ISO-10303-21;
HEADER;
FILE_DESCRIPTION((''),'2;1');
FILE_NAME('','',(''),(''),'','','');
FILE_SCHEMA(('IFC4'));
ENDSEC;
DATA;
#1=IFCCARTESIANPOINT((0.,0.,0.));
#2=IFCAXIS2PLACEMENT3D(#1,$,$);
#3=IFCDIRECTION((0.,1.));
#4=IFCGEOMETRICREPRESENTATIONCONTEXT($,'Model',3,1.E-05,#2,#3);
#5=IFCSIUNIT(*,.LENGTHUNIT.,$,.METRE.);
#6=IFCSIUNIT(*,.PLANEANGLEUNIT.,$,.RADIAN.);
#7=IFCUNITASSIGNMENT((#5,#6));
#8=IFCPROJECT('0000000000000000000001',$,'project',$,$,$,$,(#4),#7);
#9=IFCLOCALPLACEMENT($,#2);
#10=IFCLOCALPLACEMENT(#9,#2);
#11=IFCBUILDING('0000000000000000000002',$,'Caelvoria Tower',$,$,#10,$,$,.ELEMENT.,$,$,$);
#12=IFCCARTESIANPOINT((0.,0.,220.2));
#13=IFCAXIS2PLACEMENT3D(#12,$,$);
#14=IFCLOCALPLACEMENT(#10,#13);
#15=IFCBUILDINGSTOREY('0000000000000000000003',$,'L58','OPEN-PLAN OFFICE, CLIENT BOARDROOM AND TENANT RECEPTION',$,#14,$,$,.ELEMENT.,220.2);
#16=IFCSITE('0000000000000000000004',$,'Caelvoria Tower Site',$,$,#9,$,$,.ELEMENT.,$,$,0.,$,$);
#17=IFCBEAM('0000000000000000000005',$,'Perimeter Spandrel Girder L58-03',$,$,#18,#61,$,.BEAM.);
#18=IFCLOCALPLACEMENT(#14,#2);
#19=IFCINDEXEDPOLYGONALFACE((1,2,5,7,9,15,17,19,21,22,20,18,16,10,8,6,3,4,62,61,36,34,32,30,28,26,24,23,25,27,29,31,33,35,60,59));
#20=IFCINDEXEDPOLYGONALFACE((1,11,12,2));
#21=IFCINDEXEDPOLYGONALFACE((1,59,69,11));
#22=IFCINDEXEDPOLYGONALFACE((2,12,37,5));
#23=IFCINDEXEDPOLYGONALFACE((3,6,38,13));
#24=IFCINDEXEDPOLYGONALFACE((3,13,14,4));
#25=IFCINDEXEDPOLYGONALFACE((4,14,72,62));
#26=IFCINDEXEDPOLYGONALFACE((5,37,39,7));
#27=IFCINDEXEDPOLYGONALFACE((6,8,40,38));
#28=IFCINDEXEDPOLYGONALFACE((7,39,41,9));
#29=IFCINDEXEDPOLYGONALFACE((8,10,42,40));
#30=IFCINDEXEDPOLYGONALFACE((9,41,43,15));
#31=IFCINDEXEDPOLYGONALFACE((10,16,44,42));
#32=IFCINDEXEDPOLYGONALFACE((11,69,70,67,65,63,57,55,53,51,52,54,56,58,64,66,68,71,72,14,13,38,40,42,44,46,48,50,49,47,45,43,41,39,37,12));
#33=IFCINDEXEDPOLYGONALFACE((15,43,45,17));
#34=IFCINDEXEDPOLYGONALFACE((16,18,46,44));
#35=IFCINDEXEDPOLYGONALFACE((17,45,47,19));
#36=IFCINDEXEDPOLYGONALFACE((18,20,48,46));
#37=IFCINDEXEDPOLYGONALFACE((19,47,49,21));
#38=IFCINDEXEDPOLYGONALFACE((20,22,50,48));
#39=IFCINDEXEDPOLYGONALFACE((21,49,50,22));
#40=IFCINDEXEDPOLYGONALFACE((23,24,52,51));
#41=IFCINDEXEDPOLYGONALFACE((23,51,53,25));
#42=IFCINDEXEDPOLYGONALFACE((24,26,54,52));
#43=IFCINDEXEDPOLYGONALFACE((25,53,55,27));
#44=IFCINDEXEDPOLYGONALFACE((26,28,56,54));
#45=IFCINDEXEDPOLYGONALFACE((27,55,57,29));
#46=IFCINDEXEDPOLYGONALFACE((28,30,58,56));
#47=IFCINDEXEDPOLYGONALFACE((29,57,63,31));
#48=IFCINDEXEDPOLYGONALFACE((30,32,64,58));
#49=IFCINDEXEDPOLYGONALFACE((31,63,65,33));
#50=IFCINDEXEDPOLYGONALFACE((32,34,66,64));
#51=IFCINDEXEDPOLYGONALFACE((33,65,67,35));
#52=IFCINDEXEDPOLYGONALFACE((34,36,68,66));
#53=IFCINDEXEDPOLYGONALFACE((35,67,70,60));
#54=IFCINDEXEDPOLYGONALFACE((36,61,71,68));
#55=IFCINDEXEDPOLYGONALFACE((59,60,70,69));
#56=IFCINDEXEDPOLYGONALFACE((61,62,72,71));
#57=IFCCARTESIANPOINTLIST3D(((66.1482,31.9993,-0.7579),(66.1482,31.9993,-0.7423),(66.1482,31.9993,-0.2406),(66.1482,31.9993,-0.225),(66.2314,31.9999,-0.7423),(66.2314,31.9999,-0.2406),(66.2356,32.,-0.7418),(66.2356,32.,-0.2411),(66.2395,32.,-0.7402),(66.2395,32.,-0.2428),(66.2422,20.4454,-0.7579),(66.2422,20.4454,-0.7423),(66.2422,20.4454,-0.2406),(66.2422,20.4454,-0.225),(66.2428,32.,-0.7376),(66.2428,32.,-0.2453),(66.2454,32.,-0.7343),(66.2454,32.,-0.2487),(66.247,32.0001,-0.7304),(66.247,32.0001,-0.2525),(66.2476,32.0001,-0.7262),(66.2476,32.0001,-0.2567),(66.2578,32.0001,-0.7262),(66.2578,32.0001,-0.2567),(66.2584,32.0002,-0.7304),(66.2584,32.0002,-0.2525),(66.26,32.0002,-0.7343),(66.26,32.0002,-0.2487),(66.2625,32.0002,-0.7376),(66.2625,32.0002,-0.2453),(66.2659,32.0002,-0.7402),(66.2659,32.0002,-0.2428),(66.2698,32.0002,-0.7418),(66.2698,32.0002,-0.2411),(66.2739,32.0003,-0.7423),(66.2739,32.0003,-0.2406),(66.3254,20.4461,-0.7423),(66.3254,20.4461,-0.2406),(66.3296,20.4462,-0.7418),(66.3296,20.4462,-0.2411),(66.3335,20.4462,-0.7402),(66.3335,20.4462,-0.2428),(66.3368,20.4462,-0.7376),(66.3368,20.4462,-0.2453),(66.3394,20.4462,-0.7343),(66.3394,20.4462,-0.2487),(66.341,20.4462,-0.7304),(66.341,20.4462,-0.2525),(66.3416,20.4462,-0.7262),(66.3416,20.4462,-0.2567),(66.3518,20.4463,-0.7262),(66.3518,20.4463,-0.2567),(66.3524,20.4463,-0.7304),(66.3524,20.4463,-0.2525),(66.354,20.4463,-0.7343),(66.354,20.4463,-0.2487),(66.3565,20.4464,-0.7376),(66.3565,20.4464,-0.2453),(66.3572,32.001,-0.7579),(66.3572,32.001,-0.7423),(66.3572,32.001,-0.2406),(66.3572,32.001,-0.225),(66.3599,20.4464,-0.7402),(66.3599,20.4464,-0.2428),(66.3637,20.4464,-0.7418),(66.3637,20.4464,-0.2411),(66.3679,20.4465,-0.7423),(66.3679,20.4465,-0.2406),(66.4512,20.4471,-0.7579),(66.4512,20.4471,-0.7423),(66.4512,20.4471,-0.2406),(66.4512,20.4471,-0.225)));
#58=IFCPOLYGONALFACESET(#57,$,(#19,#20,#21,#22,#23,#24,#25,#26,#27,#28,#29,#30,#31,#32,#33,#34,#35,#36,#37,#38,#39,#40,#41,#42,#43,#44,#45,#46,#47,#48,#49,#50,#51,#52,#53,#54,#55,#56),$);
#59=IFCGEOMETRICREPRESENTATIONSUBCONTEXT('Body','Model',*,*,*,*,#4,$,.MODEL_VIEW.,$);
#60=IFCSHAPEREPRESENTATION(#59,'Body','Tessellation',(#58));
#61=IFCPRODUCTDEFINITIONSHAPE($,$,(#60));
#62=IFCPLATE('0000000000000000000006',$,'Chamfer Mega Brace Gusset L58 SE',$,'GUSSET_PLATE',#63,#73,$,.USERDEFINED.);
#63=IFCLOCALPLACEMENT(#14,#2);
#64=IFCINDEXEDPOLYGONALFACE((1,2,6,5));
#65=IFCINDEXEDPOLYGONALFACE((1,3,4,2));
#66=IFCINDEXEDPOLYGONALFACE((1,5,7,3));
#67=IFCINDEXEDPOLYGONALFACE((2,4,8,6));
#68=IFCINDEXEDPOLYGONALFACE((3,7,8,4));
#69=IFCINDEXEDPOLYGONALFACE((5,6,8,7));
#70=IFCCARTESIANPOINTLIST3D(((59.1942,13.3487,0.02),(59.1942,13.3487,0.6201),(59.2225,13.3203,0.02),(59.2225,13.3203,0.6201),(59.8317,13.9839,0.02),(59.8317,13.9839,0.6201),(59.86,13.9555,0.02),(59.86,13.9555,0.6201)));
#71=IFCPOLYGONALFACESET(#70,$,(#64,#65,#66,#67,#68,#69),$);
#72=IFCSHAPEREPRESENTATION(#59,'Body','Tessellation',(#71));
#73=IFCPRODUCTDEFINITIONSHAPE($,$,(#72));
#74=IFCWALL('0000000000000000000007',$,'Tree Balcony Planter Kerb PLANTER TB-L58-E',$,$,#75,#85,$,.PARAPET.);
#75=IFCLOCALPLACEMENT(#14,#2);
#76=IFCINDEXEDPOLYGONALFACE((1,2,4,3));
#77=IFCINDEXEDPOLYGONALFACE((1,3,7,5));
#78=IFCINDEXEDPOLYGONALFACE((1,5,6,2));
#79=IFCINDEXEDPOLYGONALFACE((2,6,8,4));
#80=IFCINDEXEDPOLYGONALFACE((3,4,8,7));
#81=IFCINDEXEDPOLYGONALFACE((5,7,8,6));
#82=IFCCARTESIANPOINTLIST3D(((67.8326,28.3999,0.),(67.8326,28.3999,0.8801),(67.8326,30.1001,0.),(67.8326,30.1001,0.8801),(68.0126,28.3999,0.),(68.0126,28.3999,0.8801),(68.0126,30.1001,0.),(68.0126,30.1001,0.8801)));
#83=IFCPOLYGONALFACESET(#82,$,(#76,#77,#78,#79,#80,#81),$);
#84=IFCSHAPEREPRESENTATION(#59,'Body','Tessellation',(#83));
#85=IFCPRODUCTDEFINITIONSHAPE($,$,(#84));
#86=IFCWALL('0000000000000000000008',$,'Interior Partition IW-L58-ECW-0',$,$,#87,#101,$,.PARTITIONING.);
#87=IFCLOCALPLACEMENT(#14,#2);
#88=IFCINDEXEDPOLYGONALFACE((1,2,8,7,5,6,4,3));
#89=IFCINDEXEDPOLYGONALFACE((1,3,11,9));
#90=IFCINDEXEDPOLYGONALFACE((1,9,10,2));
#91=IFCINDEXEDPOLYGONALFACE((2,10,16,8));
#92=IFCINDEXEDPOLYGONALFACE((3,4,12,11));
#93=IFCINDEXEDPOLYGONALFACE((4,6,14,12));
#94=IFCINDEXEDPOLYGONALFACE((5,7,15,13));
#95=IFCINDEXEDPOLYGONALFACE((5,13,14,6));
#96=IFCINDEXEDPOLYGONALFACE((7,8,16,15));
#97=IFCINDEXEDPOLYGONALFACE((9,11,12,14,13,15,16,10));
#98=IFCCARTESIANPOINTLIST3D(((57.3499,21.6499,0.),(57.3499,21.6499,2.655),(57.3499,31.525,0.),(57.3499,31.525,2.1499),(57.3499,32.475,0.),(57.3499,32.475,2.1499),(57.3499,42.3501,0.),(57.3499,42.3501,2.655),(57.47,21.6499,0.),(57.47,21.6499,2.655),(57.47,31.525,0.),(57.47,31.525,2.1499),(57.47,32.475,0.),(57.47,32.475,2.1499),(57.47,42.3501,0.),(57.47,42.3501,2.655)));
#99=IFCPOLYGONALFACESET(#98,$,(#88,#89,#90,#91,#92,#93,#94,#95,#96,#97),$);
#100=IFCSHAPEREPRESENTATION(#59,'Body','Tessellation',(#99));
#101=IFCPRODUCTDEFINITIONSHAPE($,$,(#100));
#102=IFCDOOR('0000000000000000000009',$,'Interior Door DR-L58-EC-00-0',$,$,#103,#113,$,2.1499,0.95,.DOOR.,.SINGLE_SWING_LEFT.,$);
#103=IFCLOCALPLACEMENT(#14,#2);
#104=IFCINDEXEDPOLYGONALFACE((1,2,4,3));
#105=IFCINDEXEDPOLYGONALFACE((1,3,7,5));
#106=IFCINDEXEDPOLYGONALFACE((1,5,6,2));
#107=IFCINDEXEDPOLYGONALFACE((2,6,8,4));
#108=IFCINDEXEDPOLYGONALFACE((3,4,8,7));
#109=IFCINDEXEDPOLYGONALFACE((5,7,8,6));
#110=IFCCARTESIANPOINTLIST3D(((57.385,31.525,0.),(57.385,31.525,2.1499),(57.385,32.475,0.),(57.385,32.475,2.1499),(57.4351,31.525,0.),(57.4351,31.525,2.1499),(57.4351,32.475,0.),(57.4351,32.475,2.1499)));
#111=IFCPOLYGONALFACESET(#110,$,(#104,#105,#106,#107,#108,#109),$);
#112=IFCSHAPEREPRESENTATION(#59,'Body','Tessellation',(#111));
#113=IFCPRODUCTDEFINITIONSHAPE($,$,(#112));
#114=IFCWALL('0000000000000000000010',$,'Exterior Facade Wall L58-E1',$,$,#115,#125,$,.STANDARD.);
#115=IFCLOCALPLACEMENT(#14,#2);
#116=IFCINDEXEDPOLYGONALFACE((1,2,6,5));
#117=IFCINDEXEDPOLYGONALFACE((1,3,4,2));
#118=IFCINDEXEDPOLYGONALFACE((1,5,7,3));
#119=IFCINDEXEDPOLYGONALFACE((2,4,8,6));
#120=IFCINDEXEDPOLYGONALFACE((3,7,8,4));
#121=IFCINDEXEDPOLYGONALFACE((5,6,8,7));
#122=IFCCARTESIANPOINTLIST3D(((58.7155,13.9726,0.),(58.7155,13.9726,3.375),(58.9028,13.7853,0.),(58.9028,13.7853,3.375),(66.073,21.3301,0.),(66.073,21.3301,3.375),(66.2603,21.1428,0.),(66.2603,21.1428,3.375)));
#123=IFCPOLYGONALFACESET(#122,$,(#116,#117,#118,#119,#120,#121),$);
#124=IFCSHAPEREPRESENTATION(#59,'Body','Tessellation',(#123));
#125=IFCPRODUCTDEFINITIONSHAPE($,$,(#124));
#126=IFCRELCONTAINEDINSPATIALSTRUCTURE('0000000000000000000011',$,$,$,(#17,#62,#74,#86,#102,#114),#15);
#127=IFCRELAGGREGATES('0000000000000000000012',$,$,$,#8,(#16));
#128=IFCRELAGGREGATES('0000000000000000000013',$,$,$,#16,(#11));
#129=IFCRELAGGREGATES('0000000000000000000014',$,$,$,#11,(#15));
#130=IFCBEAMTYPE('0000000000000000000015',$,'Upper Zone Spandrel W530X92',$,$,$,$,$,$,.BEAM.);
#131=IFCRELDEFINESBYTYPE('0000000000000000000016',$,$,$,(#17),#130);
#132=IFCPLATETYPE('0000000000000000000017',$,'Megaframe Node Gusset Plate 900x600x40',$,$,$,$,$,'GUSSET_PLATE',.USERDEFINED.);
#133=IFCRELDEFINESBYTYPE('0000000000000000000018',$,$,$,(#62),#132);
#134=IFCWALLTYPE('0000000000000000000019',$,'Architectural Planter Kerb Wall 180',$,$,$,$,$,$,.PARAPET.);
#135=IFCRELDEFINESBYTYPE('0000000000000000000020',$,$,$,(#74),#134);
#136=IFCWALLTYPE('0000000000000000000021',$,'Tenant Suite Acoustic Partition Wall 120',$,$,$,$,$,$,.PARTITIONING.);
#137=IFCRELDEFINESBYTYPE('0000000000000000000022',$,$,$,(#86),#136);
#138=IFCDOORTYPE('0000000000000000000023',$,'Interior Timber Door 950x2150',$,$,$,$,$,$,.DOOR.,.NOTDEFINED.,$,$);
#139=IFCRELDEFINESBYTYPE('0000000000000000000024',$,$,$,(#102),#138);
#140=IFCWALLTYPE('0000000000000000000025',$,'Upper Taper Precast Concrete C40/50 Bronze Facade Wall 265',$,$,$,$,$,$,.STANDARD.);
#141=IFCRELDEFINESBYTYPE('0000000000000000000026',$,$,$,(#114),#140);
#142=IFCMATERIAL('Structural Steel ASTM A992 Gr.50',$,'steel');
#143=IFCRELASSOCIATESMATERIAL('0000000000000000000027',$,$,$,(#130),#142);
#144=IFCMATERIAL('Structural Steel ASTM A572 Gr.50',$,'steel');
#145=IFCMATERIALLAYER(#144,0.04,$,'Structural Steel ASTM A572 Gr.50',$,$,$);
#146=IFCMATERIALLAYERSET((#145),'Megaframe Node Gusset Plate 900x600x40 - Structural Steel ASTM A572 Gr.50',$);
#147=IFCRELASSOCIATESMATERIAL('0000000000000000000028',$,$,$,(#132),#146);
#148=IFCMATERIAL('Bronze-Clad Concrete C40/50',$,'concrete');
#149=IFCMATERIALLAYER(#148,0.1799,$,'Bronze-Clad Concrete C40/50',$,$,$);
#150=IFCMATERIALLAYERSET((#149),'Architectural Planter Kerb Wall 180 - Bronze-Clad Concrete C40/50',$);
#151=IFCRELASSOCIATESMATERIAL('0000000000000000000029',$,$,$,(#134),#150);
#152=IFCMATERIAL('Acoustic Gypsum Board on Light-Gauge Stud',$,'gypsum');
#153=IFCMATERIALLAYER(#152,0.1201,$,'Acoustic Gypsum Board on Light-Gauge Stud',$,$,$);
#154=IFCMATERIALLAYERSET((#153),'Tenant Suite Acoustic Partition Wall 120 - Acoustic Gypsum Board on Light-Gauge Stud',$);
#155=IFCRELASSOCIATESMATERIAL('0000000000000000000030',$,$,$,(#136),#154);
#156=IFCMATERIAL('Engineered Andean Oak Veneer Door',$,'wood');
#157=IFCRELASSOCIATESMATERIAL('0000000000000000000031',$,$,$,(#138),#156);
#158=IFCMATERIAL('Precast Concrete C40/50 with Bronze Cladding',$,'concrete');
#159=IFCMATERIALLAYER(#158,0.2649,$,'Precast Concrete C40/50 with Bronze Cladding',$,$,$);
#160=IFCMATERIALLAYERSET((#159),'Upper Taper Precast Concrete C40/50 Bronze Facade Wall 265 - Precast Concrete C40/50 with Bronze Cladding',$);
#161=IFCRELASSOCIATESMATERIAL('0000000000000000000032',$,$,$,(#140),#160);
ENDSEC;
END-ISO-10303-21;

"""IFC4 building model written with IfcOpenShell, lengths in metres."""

from ifc_helpers import new_model, si_unit, direction, frame, frame_2d, origin, origin_2d, place, context, subcontext, project, spatial, rectangle, i_section, extrude, material, layer, layer_set, material_profile, profile_set, type_object, element, fill, save


model = new_model("IFC4")

# Units and contexts
model_context = context("Model", 3, precision=1e-05, world=origin(), true_north=direction((0.0, 1.0)))
body_context = subcontext(model_context, "Body", "Model", "MODEL_VIEW")
ifc_project = project(units=[si_unit("LENGTHUNIT", "METRE"), si_unit("PLANEANGLEUNIT", "RADIAN")], contexts=[model_context])

# Site, building, storey
site_placement = place(None, origin())
site = spatial("IfcSite", under=ifc_project, at=site_placement, Name="Caelvoria Tower Site", CompositionType="ELEMENT", RefElevation=0.0)
building_placement = place(site_placement, origin())
building = spatial("IfcBuilding", under=site, at=building_placement, Name="Caelvoria Tower", CompositionType="ELEMENT")
storey_placement = place(building_placement, frame((0.0, 0.0, 220.2)))
storey = spatial("IfcBuildingStorey", under=building, at=storey_placement, Name="L58", Description="OPEN-PLAN OFFICE, CLIENT BOARDROOM AND TENANT RECEPTION", CompositionType="ELEMENT", Elevation=220.2)

# Shared definitions
ifc_material_1 = material(Name="Structural Steel ASTM A572 Gr.50", Category="steel")
ifc_material_2 = material(Name="Structural Steel ASTM A992 Gr.50", Category="steel")

# Beam
ifc_material_profile_1 = material_profile(ifc_material_2, i_section(OverallWidth=0.209, OverallDepth=0.533, WebThickness=0.0103, FlangeThickness=0.0156, FilletRadius=0.0161, at=origin_2d()), Name="Structural Steel ASTM A992 Gr.50")
ifc_profile_set_1 = profile_set([ifc_material_profile_1], Name="W530X92 - Structural Steel ASTM A992 Gr.50")
beam_type_1 = type_object("IfcBeamType", Name="Upper Zone Spandrel W530X92", PredefinedType="BEAM", material=ifc_profile_set_1)
beam_1_placement = place(storey_placement, frame((66.3467, 20.4463, -0.4915), z_axis=(-0.008135, 0.999967, 0.0), x_axis=(-0.999967, -0.008135, 0.0)))
element("IfcBeam", 1, at=beam_1_placement, inside=storey, type_object=beam_type_1, Name="Perimeter Spandrel Girder L58-03", PredefinedType="BEAM", context=body_context, shape_type="SweptSolid", body=[
    extrude(i_section(OverallWidth=0.209, OverallDepth=0.533, WebThickness=0.0103, FlangeThickness=0.0156, FilletRadius=0.0161, at=origin_2d()), origin(), (0.0, 0.0, 1.0), 11.5542),
])

# Plate
ifc_layer_1 = layer(ifc_material_1, 0.04, Name="Structural Steel ASTM A572 Gr.50")
ifc_layer_set_1 = layer_set([ifc_layer_1], Name="Megaframe Node Gusset Plate 900x600x40 - Structural Steel ASTM A572 Gr.50")
plate_type = type_object("IfcPlateType", Name="Megaframe Node Gusset Plate 900x600x40", ElementType="GUSSET_PLATE", PredefinedType="USERDEFINED", material=ifc_layer_set_1)
plate_placement = place(storey_placement, frame((59.5271, 13.6521, 0.02), z_axis=(0.0, 0.0, 1.0), x_axis=(0.708415, 0.705796, 0.0)))
element("IfcPlate", 2, at=plate_placement, inside=storey, type_object=plate_type, Name="Chamfer Mega Brace Gusset L58 SE", ObjectType="GUSSET_PLATE", PredefinedType="USERDEFINED", context=body_context, shape_type="SweptSolid", body=[
    extrude(rectangle(XDim=0.8999, YDim=0.04, at=origin_2d()), origin(), (0.0, 0.0, 1.0), 0.6001),
])

# Wall
ifc_material_3 = material(Name="Bronze-Clad Concrete C40/50", Category="concrete")
ifc_layer_2 = layer(ifc_material_3, 0.1799, Name="Bronze-Clad Concrete C40/50")
ifc_layer_set_2 = layer_set([ifc_layer_2], Name="Architectural Planter Kerb Wall 180 - Bronze-Clad Concrete C40/50")
wall_type_1 = type_object("IfcWallType", Name="Architectural Planter Kerb Wall 180", PredefinedType="PARAPET", material=ifc_layer_set_2)
wall_1_placement = place(storey_placement, frame((67.9226, 28.3999, 0.0), z_axis=(0.0, 0.0, 1.0), x_axis=(0.0, 1.0, 0.0)))
element("IfcWall", 3, at=wall_1_placement, inside=storey, type_object=wall_type_1, Name="Tree Balcony Planter Kerb PLANTER TB-L58-E", PredefinedType="PARAPET", context=body_context, shape_type="SweptSolid", body=[
    extrude(rectangle(XDim=1.7002, YDim=0.1799, at=frame_2d((0.8501, 0.0))), origin(), (0.0, 0.0, 1.0), 0.8801),
])

# Wall, opening, door
ifc_material_4 = material(Name="Acoustic Gypsum Board on Light-Gauge Stud", Category="gypsum")
ifc_layer_3 = layer(ifc_material_4, 0.1201, Name="Acoustic Gypsum Board on Light-Gauge Stud")
ifc_layer_set_3 = layer_set([ifc_layer_3], Name="Tenant Suite Acoustic Partition Wall 120 - Acoustic Gypsum Board on Light-Gauge Stud")
wall_type_2 = type_object("IfcWallType", Name="Tenant Suite Acoustic Partition Wall 120", PredefinedType="PARTITIONING", material=ifc_layer_set_3)
wall_2_placement = place(storey_placement, frame((57.4099, 21.6499, 0.0), z_axis=(0.0, 0.0, 1.0), x_axis=(0.0, 1.0, 0.0)))
wall_2 = element("IfcWall", 4, at=wall_2_placement, inside=storey, type_object=wall_type_2, Name="Interior Partition IW-L58-ECW-0", PredefinedType="PARTITIONING", context=body_context, shape_type="SweptSolid", body=[
    extrude(rectangle(XDim=20.7002, YDim=0.1201, at=frame_2d((10.3501, 0.0))), origin(), (0.0, 0.0, 1.0), 2.655),
])
opening_1_placement = place(wall_2_placement, frame((9.875, 0.0, 0.0)))
opening_1 = element("IfcOpeningElement", 5, at=opening_1_placement, cuts=wall_2, PredefinedType="OPENING", context=body_context, shape_type="SweptSolid", body=[
    extrude(rectangle(XDim=0.95, YDim=2.1499, at=frame_2d((0.4751, 1.075))), frame((0.0, 0.0701, 0.0), z_axis=(0.0, -1.0, 0.0), x_axis=(1.0, 0.0, 0.0)), (0.0, 0.0, 1.0), 0.1401),
])
ifc_material_5 = material(Name="Engineered Andean Oak Veneer Door", Category="wood")
door_type_1 = type_object("IfcDoorType", Name="Interior Timber Door 950x2150", OperationType="NOTDEFINED", PredefinedType="DOOR", material=ifc_material_5)
door_1_placement = place(opening_1_placement, origin())
door_1 = element("IfcDoor", 6, at=door_1_placement, inside=storey, type_object=door_type_1, Name="Interior Door DR-L58-EC-00-0", OperationType="SINGLE_SWING_LEFT", OverallHeight=2.1499, OverallWidth=0.95, PredefinedType="DOOR", context=body_context, shape_type="SweptSolid", body=[
    extrude(rectangle(XDim=0.95, YDim=2.1499, at=frame_2d((0.4751, 1.075))), frame((0.0, 0.0249, 0.0), z_axis=(0.0, -1.0, 0.0), x_axis=(1.0, 0.0, 0.0)), (0.0, 0.0, 1.0), 0.05),
])
fill(opening_1, door_1)

# Wall
ifc_material_6 = material(Name="Precast Concrete C40/50 with Bronze Cladding", Category="concrete")
ifc_layer_4 = layer(ifc_material_6, 0.2649, Name="Precast Concrete C40/50 with Bronze Cladding")
ifc_layer_set_4 = layer_set([ifc_layer_4], Name="Upper Taper Precast Concrete C40/50 Bronze Facade Wall 265 - Precast Concrete C40/50 with Bronze Cladding")
wall_type_3 = type_object("IfcWallType", Name="Upper Taper Precast Concrete C40/50 Bronze Facade Wall 265", PredefinedType="STANDARD", material=ifc_layer_set_4)
wall_3_placement = place(storey_placement, frame((58.8091, 13.8789, 0.0), z_axis=(0.0, 0.0, 1.0), x_axis=(0.707107, 0.707107, 0.0)))
element("IfcWall", 7, at=wall_3_placement, inside=storey, type_object=wall_type_3, Name="Exterior Facade Wall L58-E1", PredefinedType="STANDARD", context=body_context, shape_type="SweptSolid", body=[
    extrude(rectangle(XDim=10.405, YDim=0.2649, at=frame_2d((5.2026, 0.0))), origin(), (0.0, 0.0, 1.0), 3.375),
])

save(model, "model.ifc")
